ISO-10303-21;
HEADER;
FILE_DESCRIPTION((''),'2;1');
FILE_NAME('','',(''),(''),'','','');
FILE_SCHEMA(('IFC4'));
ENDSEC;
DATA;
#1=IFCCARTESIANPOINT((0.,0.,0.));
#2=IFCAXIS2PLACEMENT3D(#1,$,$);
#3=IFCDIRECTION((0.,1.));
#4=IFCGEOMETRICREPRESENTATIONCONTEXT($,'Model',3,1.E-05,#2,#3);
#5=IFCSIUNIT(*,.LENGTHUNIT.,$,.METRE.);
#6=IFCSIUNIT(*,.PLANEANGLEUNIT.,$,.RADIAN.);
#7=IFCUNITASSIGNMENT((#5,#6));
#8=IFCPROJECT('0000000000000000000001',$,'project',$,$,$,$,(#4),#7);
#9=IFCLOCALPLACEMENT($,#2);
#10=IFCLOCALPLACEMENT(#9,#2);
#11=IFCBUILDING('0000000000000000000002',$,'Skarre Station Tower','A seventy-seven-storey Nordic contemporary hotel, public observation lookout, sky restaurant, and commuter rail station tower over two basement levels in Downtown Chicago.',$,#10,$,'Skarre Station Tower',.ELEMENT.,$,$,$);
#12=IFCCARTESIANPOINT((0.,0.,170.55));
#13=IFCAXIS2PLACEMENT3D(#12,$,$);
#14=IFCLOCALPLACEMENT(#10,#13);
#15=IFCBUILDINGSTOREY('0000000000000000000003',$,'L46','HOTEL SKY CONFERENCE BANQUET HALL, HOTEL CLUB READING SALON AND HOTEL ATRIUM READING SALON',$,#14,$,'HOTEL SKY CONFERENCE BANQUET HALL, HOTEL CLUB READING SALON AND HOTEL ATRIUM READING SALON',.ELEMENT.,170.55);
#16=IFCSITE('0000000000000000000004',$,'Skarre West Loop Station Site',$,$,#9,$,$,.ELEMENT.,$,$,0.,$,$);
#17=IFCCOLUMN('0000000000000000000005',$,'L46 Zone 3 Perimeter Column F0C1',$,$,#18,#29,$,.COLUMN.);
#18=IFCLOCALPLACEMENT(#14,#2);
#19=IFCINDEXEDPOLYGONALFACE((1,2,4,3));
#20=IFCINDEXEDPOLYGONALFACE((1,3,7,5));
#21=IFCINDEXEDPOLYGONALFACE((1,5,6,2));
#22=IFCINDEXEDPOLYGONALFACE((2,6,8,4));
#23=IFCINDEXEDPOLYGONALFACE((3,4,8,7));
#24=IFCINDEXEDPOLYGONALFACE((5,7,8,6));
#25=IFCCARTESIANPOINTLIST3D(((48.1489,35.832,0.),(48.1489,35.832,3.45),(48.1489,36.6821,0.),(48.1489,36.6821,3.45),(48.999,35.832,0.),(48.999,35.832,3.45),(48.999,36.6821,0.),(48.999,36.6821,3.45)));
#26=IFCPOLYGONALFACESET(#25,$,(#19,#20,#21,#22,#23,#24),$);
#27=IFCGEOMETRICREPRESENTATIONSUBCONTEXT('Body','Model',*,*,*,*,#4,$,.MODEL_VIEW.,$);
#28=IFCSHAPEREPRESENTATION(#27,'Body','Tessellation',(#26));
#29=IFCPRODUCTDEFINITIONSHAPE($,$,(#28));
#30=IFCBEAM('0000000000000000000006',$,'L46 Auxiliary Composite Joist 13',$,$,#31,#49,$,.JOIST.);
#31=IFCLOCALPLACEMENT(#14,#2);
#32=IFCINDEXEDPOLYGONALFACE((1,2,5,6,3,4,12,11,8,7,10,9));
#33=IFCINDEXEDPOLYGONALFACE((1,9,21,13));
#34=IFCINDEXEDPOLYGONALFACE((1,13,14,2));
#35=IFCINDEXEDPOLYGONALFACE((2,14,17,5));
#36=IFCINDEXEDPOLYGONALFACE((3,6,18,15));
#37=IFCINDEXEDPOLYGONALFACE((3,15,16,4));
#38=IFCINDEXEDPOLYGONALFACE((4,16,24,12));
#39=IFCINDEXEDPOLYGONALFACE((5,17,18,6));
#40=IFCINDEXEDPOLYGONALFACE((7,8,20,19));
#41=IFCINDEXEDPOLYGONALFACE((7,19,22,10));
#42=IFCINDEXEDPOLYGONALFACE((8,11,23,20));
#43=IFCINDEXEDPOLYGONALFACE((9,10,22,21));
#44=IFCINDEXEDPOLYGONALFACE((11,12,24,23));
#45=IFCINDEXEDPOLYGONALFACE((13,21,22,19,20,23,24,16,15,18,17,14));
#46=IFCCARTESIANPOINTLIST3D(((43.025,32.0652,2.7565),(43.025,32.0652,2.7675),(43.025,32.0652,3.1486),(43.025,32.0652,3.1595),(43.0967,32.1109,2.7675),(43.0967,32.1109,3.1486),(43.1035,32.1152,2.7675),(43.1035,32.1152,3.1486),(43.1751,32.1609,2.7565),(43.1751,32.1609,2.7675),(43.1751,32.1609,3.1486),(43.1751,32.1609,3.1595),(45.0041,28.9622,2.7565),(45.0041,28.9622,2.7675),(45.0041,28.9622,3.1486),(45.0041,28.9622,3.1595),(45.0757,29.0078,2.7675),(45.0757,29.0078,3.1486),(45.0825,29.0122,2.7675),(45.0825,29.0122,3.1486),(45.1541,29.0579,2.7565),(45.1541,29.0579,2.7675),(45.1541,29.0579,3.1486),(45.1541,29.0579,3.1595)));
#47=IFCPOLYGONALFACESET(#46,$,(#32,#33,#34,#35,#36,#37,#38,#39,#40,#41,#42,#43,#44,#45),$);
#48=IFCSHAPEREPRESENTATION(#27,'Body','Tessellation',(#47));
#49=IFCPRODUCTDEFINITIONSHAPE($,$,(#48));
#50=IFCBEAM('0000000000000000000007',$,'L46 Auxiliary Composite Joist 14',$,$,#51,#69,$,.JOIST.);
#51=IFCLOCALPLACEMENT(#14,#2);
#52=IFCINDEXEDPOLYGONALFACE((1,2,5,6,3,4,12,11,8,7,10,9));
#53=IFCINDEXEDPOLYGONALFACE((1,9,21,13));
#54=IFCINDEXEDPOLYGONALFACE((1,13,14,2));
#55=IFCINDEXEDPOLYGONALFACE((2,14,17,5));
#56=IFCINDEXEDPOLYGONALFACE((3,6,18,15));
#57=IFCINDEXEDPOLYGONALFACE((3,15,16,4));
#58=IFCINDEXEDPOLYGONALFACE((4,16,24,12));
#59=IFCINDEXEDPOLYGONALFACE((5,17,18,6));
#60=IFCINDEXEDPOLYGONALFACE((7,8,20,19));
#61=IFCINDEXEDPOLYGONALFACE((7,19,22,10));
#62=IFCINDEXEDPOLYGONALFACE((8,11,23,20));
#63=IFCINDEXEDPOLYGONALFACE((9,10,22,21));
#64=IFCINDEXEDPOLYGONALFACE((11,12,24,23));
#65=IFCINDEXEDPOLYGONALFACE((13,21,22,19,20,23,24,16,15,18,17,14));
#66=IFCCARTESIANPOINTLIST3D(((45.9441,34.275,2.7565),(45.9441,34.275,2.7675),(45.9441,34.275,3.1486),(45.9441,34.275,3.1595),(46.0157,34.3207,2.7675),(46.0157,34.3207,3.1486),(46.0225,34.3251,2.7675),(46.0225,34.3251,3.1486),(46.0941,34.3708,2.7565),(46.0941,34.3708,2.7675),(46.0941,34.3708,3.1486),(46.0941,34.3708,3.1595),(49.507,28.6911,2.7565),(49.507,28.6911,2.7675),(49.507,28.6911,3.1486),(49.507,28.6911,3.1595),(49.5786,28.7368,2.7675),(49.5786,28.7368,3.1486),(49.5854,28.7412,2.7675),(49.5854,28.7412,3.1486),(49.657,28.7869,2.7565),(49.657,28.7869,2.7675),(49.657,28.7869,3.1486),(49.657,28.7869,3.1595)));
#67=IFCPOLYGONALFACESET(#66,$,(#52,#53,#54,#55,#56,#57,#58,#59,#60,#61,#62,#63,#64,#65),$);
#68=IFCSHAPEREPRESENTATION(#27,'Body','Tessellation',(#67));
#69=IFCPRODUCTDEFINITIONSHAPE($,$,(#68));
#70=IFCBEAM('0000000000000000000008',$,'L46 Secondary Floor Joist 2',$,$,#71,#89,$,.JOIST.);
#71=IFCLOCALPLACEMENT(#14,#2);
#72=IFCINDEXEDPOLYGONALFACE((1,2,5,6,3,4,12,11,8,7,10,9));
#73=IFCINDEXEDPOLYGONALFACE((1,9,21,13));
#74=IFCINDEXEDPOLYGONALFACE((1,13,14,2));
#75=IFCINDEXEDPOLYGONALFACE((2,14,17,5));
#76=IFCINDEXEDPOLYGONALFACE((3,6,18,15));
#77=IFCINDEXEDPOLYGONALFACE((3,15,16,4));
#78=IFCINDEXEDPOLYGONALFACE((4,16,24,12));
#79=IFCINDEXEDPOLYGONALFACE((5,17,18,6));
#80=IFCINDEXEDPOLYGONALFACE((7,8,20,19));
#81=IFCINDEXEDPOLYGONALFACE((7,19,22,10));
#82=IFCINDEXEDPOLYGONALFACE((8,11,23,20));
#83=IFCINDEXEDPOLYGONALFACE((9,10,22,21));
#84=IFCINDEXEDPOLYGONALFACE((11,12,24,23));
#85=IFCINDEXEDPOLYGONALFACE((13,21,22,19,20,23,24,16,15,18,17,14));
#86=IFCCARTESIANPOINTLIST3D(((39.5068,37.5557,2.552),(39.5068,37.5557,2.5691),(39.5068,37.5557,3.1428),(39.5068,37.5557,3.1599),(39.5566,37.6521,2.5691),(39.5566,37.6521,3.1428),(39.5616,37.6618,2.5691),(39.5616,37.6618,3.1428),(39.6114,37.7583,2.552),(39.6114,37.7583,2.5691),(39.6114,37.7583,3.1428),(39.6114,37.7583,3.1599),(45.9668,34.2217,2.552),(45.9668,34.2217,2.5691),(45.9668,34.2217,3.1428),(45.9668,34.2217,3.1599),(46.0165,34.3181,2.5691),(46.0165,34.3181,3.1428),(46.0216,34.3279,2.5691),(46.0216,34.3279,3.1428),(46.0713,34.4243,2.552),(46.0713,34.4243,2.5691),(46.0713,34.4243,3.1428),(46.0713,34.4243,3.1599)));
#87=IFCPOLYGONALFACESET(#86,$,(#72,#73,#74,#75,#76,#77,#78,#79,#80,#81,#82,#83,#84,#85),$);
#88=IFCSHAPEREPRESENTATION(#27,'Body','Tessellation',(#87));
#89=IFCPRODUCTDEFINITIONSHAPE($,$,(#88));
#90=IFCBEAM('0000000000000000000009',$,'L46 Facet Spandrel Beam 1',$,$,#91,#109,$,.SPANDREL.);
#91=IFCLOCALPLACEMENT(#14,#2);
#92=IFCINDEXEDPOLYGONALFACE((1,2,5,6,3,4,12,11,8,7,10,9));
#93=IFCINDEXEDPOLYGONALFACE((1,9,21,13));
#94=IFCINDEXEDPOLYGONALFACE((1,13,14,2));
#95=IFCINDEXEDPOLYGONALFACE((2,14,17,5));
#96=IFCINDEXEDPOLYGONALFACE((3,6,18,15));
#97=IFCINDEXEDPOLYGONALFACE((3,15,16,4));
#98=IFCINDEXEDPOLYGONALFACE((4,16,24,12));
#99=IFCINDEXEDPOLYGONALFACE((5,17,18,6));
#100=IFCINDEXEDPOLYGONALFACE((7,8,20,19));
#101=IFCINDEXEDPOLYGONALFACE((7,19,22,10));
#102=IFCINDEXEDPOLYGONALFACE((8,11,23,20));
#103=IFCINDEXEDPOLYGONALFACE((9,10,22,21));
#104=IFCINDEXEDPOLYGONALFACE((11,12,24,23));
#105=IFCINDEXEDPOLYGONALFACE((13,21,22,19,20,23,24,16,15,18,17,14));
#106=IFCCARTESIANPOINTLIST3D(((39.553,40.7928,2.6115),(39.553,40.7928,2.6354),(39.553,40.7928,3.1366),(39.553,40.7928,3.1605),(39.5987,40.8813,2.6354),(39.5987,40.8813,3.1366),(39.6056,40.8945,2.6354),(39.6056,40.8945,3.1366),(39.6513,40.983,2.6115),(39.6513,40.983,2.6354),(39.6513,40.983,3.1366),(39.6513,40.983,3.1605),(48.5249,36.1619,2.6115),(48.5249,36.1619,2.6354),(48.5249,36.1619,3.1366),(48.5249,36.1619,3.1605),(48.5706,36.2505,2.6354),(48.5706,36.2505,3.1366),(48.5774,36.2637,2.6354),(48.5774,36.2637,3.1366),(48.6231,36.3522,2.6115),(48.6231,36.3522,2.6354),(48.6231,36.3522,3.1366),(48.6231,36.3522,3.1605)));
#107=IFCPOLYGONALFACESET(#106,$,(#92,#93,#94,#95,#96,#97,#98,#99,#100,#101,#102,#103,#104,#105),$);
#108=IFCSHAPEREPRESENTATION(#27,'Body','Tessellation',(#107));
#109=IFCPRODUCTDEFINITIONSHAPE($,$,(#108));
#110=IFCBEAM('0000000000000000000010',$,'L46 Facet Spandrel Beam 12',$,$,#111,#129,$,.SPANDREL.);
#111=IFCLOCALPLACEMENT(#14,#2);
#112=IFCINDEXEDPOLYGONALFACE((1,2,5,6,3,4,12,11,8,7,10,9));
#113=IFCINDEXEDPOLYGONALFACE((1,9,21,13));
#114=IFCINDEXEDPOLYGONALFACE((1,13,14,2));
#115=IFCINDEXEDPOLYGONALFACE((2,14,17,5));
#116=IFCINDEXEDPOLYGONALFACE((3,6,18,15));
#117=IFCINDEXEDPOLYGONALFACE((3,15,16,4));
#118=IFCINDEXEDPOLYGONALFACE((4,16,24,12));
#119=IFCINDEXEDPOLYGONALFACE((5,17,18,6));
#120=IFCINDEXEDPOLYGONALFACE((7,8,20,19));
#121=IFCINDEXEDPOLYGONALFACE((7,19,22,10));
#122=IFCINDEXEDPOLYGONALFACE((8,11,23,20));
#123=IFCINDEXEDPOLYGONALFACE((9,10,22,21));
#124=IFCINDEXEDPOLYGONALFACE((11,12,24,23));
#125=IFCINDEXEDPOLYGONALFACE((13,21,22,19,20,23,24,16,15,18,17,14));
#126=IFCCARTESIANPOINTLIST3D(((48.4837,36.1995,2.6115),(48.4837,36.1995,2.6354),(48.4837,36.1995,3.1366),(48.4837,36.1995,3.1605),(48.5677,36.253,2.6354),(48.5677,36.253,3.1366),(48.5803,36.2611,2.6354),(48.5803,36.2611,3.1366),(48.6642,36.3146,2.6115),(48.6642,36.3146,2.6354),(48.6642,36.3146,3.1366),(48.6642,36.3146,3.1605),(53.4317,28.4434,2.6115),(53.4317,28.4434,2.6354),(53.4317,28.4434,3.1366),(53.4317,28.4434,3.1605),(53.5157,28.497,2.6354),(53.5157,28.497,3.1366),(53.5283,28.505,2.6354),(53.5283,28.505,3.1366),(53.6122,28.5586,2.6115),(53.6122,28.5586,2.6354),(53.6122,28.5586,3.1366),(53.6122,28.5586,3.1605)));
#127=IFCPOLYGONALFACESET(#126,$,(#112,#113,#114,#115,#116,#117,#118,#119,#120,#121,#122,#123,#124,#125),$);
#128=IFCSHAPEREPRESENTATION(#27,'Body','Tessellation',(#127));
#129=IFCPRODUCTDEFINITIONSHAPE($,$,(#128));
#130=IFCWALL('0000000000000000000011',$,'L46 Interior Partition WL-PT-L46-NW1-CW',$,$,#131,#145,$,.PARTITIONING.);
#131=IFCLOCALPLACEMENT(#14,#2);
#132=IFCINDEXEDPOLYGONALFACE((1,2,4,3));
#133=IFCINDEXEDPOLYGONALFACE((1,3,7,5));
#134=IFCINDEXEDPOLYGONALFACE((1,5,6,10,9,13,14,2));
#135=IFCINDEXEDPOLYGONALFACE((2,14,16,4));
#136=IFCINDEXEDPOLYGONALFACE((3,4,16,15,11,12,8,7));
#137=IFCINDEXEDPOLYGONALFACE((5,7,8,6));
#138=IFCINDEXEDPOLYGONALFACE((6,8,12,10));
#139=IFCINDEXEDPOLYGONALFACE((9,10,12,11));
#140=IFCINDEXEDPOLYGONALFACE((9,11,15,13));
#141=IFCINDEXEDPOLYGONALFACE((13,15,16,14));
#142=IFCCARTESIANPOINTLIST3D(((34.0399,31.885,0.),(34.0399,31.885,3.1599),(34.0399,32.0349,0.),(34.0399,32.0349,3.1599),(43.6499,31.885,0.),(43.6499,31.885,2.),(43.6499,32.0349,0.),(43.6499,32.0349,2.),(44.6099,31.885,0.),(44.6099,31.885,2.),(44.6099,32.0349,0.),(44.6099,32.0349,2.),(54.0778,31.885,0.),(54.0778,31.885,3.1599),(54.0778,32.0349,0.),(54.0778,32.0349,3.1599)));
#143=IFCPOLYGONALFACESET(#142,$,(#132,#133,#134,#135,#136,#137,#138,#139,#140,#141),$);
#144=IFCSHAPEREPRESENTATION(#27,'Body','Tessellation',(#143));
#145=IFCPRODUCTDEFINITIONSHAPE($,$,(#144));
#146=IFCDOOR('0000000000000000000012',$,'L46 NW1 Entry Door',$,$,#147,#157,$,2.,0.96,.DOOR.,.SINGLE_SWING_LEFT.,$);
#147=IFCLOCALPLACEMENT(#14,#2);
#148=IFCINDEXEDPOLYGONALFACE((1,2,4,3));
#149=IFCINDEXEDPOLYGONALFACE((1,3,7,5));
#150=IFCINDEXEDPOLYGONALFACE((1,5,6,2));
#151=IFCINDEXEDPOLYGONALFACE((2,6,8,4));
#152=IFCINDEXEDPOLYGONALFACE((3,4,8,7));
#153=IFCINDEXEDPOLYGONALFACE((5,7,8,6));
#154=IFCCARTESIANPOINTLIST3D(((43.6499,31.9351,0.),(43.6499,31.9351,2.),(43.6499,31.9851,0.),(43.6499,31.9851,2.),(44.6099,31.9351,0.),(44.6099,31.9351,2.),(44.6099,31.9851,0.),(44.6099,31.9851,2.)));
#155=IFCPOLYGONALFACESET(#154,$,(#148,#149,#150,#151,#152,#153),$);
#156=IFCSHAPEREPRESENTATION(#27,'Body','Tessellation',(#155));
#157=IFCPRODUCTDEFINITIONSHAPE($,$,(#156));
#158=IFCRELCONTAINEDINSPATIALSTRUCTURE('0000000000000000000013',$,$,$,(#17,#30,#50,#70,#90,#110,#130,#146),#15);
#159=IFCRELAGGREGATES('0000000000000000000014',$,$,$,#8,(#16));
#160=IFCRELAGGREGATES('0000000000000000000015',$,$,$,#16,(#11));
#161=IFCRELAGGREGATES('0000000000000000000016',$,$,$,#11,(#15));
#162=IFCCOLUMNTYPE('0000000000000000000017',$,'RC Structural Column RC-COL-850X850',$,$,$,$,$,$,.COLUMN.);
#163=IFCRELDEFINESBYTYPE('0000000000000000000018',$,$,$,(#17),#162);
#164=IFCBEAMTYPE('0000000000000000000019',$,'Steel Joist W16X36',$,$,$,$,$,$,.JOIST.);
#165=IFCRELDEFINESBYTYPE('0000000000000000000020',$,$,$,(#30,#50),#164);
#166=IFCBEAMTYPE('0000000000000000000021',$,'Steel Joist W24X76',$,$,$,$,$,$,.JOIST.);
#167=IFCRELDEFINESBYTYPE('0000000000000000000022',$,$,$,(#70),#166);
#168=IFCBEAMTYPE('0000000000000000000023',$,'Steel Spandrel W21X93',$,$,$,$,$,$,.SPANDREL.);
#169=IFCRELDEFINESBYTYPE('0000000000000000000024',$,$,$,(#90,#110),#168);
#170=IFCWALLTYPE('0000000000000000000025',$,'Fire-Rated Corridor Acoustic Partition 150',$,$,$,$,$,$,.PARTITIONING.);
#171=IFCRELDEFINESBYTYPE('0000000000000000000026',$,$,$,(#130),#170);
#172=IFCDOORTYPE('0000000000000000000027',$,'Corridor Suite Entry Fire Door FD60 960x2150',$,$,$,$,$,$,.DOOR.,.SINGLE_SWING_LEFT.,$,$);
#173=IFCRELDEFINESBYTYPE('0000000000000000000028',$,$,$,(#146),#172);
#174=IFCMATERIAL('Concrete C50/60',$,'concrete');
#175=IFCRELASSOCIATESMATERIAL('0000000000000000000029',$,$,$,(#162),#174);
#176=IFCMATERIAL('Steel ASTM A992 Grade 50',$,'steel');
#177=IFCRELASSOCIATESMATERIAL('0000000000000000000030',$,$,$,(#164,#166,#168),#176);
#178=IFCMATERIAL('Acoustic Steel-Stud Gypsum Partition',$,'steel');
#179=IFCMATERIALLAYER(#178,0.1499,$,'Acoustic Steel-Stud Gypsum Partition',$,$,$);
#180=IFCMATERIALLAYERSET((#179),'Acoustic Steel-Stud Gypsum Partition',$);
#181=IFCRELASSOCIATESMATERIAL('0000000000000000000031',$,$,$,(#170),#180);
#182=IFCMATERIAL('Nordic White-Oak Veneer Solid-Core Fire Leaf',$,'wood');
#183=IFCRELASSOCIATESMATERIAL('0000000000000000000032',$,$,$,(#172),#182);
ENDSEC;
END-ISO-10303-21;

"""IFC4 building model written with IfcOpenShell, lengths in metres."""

from ifc_helpers import new_model, si_unit, direction, frame, frame_2d, origin, origin_2d, place, context, subcontext, project, spatial, rectangle, i_section, extrude, material, layer, layer_set, material_profile, profile_set, type_object, element, fill, save


model = new_model("IFC4")

# Units and contexts
model_context = context("Model", 3, precision=1e-05, world=origin(), true_north=direction((0.0, 1.0)))
body_context = subcontext(model_context, "Body", "Model", "MODEL_VIEW")
ifc_project = project(units=[si_unit("LENGTHUNIT", "METRE"), si_unit("PLANEANGLEUNIT", "RADIAN")], contexts=[model_context])

# Site, building, storey
site_placement = place(None, origin())
site = spatial("IfcSite", under=ifc_project, at=site_placement, Name="Skarre West Loop Station Site", CompositionType="ELEMENT", RefElevation=0.0)
building_placement = place(site_placement, origin())
building = spatial("IfcBuilding", under=site, at=building_placement, Name="Skarre Station Tower", Description="A seventy-seven-storey Nordic contemporary hotel, public observation lookout, sky restaurant, and commuter rail station tower over two basement levels in Downtown Chicago.", LongName="Skarre Station Tower", CompositionType="ELEMENT")
storey_placement = place(building_placement, frame((0.0, 0.0, 170.55)))
storey = spatial("IfcBuildingStorey", under=building, at=storey_placement, Name="L46", Description="HOTEL SKY CONFERENCE BANQUET HALL, HOTEL CLUB READING SALON AND HOTEL ATRIUM READING SALON", LongName="HOTEL SKY CONFERENCE BANQUET HALL, HOTEL CLUB READING SALON AND HOTEL ATRIUM READING SALON", CompositionType="ELEMENT", Elevation=170.55)

# Column
ifc_material_1 = material(Name="Concrete C50/60", Category="concrete")
ifc_material_profile_1 = material_profile(ifc_material_1, rectangle(XDim=0.8501, YDim=0.8501, at=origin_2d()), Name="Concrete C50/60")
ifc_profile_set_1 = profile_set([ifc_material_profile_1], Name="Concrete C50/60")
column_type = type_object("IfcColumnType", Name="RC Structural Column RC-COL-850X850", PredefinedType="COLUMN", material=ifc_profile_set_1)
column_placement = place(storey_placement, frame((48.574, 36.2571, 0.0), z_axis=(0.0, 0.0, 1.0), x_axis=(1.0, 0.0, 0.0)))
element("IfcColumn", 1, at=column_placement, inside=storey, type_object=column_type, Name="L46 Zone 3 Perimeter Column F0C1", PredefinedType="COLUMN", context=body_context, shape_type="SweptSolid", body=[
    extrude(rectangle(XDim=0.8501, YDim=0.8501, at=origin_2d()), origin(), (0.0, 0.0, 1.0), 3.45),
])

# Beams
ifc_material_2 = material(Name="Steel ASTM A992 Grade 50", Category="steel")
ifc_material_profile_2 = material_profile(ifc_material_2, i_section(OverallWidth=0.178, OverallDepth=0.4031, WebThickness=0.0081, FlangeThickness=0.011, at=origin_2d()), Name="Steel ASTM A992 Grade 50")
ifc_profile_set_2 = profile_set([ifc_material_profile_2], Name="Steel ASTM A992 Grade 50")
beam_type_1 = type_object("IfcBeamType", Name="Steel Joist W16X36", PredefinedType="JOIST", material=ifc_profile_set_2)
beam_1_placement = place(storey_placement, frame((45.0791, 29.01, 2.958), z_axis=(-0.537717, 0.843126, 0.0), x_axis=(-0.843126, -0.537717, 0.0)))
element("IfcBeam", 2, at=beam_1_placement, inside=storey, type_object=beam_type_1, Name="L46 Auxiliary Composite Joist 13", PredefinedType="JOIST", context=body_context, shape_type="SweptSolid", body=[
    extrude(i_section(OverallWidth=0.178, OverallDepth=0.4031, WebThickness=0.0081, FlangeThickness=0.011, at=origin_2d()), origin(), (0.0, 0.0, 1.0), 3.6804),
])
beam_2_placement = place(storey_placement, frame((49.582, 28.739, 2.958), z_axis=(-0.537901, 0.843008, 0.0), x_axis=(-0.843008, -0.537901, 0.0)))
element("IfcBeam", 3, at=beam_2_placement, inside=storey, type_object=beam_type_1, Name="L46 Auxiliary Composite Joist 14", PredefinedType="JOIST", context=body_context, shape_type="SweptSolid", body=[
    extrude(i_section(OverallWidth=0.178, OverallDepth=0.4031, WebThickness=0.0081, FlangeThickness=0.011, at=origin_2d()), origin(), (0.0, 0.0, 1.0), 6.6238),
])
ifc_material_profile_3 = material_profile(ifc_material_2, i_section(OverallWidth=0.228, OverallDepth=0.6079, WebThickness=0.011, FlangeThickness=0.0171, at=origin_2d()), Name="Steel ASTM A992 Grade 50")
ifc_profile_set_3 = profile_set([ifc_material_profile_3], Name="Steel ASTM A992 Grade 50")
beam_type_2 = type_object("IfcBeamType", Name="Steel Joist W24X76", PredefinedType="JOIST", material=ifc_profile_set_3)
beam_3_placement = place(storey_placement, frame((46.019, 34.323, 2.856), z_axis=(-0.888631, 0.458622, 0.0), x_axis=(-0.458622, -0.888631, 0.0)))
element("IfcBeam", 4, at=beam_3_placement, inside=storey, type_object=beam_type_2, Name="L46 Secondary Floor Joist 2", PredefinedType="JOIST", context=body_context, shape_type="SweptSolid", body=[
    extrude(i_section(OverallWidth=0.228, OverallDepth=0.6079, WebThickness=0.011, FlangeThickness=0.0171, at=origin_2d()), origin(), (0.0, 0.0, 1.0), 7.2695),
])
ifc_material_profile_4 = material_profile(ifc_material_2, i_section(OverallWidth=0.2141, OverallDepth=0.5491, WebThickness=0.0149, FlangeThickness=0.0239, at=origin_2d()), Name="Steel ASTM A992 Grade 50")
ifc_profile_set_4 = profile_set([ifc_material_profile_4], Name="Steel ASTM A992 Grade 50")
beam_type_3 = type_object("IfcBeamType", Name="Steel Spandrel W21X93", PredefinedType="SPANDREL", material=ifc_profile_set_4)
beam_4_placement = place(storey_placement, frame((48.574, 36.2571, 2.886), z_axis=(-0.888613, 0.458658, 0.0), x_axis=(-0.458658, -0.888613, 0.0)))
element("IfcBeam", 5, at=beam_4_placement, inside=storey, type_object=beam_type_3, Name="L46 Facet Spandrel Beam 1", PredefinedType="SPANDREL", context=body_context, shape_type="SweptSolid", body=[
    extrude(i_section(OverallWidth=0.2141, OverallDepth=0.5491, WebThickness=0.0149, FlangeThickness=0.0239, at=origin_2d()), origin(), (0.0, 0.0, 1.0), 10.0964),
])
beam_5_placement = place(storey_placement, frame((53.522, 28.501, 2.886), z_axis=(-0.537826, 0.843056, 0.0), x_axis=(-0.843056, -0.537826, 0.0)))
element("IfcBeam", 6, at=beam_5_placement, inside=storey, type_object=beam_type_3, Name="L46 Facet Spandrel Beam 12", PredefinedType="SPANDREL", context=body_context, shape_type="SweptSolid", body=[
    extrude(i_section(OverallWidth=0.2141, OverallDepth=0.5491, WebThickness=0.0149, FlangeThickness=0.0239, at=origin_2d()), origin(), (0.0, 0.0, 1.0), 9.2),
])

# Wall, opening, door
ifc_material_3 = material(Name="Acoustic Steel-Stud Gypsum Partition", Category="steel")
ifc_layer_1 = layer(ifc_material_3, 0.1499, Name="Acoustic Steel-Stud Gypsum Partition")
ifc_layer_set_1 = layer_set([ifc_layer_1], Name="Acoustic Steel-Stud Gypsum Partition")
wall_type_1 = type_object("IfcWallType", Name="Fire-Rated Corridor Acoustic Partition 150", PredefinedType="PARTITIONING", material=ifc_layer_set_1)
wall_1_placement = place(storey_placement, frame((54.0779, 31.96, 0.0), z_axis=(0.0, 0.0, 1.0), x_axis=(-1.0, 0.0, 0.0)))
wall_1 = element("IfcWall", 7, at=wall_1_placement, inside=storey, type_object=wall_type_1, Name="L46 Interior Partition WL-PT-L46-NW1-CW", PredefinedType="PARTITIONING", context=body_context, shape_type="SweptSolid", body=[
    extrude(rectangle(XDim=20.0378, YDim=0.1499, at=frame_2d((10.019, 0.0))), origin(), (0.0, 0.0, 1.0), 3.1599),
])
opening_1_placement = place(wall_1_placement, frame((9.468, 0.0, 0.0)))
opening_1 = element("IfcOpeningElement", 8, at=opening_1_placement, cuts=wall_1, PredefinedType="OPENING", context=body_context, shape_type="SweptSolid", body=[
    extrude(rectangle(XDim=0.96, YDim=2.0, at=frame_2d((0.48, 1.0))), frame((0.0, 0.085, 0.0), z_axis=(0.0, -1.0, 0.0), x_axis=(1.0, 0.0, 0.0)), (0.0, 0.0, 1.0), 0.1699),
])
ifc_material_4 = material(Name="Nordic White-Oak Veneer Solid-Core Fire Leaf", Category="wood")
door_type = type_object("IfcDoorType", Name="Corridor Suite Entry Fire Door FD60 960x2150", OperationType="SINGLE_SWING_LEFT", PredefinedType="DOOR", material=ifc_material_4)
door_1_placement = place(opening_1_placement, origin())
door_1 = element("IfcDoor", 9, at=door_1_placement, inside=storey, type_object=door_type, Name="L46 NW1 Entry Door", OperationType="SINGLE_SWING_LEFT", OverallHeight=2.0, OverallWidth=0.96, PredefinedType="DOOR", context=body_context, shape_type="SweptSolid", body=[
    extrude(rectangle(XDim=0.96, YDim=2.0, at=frame_2d((0.48, 1.0))), frame((0.0, 0.0249, 0.0), z_axis=(0.0, -1.0, 0.0), x_axis=(1.0, 0.0, 0.0)), (0.0, 0.0, 1.0), 0.05),
])
fill(opening_1, door_1)

save(model, "model.ifc")
